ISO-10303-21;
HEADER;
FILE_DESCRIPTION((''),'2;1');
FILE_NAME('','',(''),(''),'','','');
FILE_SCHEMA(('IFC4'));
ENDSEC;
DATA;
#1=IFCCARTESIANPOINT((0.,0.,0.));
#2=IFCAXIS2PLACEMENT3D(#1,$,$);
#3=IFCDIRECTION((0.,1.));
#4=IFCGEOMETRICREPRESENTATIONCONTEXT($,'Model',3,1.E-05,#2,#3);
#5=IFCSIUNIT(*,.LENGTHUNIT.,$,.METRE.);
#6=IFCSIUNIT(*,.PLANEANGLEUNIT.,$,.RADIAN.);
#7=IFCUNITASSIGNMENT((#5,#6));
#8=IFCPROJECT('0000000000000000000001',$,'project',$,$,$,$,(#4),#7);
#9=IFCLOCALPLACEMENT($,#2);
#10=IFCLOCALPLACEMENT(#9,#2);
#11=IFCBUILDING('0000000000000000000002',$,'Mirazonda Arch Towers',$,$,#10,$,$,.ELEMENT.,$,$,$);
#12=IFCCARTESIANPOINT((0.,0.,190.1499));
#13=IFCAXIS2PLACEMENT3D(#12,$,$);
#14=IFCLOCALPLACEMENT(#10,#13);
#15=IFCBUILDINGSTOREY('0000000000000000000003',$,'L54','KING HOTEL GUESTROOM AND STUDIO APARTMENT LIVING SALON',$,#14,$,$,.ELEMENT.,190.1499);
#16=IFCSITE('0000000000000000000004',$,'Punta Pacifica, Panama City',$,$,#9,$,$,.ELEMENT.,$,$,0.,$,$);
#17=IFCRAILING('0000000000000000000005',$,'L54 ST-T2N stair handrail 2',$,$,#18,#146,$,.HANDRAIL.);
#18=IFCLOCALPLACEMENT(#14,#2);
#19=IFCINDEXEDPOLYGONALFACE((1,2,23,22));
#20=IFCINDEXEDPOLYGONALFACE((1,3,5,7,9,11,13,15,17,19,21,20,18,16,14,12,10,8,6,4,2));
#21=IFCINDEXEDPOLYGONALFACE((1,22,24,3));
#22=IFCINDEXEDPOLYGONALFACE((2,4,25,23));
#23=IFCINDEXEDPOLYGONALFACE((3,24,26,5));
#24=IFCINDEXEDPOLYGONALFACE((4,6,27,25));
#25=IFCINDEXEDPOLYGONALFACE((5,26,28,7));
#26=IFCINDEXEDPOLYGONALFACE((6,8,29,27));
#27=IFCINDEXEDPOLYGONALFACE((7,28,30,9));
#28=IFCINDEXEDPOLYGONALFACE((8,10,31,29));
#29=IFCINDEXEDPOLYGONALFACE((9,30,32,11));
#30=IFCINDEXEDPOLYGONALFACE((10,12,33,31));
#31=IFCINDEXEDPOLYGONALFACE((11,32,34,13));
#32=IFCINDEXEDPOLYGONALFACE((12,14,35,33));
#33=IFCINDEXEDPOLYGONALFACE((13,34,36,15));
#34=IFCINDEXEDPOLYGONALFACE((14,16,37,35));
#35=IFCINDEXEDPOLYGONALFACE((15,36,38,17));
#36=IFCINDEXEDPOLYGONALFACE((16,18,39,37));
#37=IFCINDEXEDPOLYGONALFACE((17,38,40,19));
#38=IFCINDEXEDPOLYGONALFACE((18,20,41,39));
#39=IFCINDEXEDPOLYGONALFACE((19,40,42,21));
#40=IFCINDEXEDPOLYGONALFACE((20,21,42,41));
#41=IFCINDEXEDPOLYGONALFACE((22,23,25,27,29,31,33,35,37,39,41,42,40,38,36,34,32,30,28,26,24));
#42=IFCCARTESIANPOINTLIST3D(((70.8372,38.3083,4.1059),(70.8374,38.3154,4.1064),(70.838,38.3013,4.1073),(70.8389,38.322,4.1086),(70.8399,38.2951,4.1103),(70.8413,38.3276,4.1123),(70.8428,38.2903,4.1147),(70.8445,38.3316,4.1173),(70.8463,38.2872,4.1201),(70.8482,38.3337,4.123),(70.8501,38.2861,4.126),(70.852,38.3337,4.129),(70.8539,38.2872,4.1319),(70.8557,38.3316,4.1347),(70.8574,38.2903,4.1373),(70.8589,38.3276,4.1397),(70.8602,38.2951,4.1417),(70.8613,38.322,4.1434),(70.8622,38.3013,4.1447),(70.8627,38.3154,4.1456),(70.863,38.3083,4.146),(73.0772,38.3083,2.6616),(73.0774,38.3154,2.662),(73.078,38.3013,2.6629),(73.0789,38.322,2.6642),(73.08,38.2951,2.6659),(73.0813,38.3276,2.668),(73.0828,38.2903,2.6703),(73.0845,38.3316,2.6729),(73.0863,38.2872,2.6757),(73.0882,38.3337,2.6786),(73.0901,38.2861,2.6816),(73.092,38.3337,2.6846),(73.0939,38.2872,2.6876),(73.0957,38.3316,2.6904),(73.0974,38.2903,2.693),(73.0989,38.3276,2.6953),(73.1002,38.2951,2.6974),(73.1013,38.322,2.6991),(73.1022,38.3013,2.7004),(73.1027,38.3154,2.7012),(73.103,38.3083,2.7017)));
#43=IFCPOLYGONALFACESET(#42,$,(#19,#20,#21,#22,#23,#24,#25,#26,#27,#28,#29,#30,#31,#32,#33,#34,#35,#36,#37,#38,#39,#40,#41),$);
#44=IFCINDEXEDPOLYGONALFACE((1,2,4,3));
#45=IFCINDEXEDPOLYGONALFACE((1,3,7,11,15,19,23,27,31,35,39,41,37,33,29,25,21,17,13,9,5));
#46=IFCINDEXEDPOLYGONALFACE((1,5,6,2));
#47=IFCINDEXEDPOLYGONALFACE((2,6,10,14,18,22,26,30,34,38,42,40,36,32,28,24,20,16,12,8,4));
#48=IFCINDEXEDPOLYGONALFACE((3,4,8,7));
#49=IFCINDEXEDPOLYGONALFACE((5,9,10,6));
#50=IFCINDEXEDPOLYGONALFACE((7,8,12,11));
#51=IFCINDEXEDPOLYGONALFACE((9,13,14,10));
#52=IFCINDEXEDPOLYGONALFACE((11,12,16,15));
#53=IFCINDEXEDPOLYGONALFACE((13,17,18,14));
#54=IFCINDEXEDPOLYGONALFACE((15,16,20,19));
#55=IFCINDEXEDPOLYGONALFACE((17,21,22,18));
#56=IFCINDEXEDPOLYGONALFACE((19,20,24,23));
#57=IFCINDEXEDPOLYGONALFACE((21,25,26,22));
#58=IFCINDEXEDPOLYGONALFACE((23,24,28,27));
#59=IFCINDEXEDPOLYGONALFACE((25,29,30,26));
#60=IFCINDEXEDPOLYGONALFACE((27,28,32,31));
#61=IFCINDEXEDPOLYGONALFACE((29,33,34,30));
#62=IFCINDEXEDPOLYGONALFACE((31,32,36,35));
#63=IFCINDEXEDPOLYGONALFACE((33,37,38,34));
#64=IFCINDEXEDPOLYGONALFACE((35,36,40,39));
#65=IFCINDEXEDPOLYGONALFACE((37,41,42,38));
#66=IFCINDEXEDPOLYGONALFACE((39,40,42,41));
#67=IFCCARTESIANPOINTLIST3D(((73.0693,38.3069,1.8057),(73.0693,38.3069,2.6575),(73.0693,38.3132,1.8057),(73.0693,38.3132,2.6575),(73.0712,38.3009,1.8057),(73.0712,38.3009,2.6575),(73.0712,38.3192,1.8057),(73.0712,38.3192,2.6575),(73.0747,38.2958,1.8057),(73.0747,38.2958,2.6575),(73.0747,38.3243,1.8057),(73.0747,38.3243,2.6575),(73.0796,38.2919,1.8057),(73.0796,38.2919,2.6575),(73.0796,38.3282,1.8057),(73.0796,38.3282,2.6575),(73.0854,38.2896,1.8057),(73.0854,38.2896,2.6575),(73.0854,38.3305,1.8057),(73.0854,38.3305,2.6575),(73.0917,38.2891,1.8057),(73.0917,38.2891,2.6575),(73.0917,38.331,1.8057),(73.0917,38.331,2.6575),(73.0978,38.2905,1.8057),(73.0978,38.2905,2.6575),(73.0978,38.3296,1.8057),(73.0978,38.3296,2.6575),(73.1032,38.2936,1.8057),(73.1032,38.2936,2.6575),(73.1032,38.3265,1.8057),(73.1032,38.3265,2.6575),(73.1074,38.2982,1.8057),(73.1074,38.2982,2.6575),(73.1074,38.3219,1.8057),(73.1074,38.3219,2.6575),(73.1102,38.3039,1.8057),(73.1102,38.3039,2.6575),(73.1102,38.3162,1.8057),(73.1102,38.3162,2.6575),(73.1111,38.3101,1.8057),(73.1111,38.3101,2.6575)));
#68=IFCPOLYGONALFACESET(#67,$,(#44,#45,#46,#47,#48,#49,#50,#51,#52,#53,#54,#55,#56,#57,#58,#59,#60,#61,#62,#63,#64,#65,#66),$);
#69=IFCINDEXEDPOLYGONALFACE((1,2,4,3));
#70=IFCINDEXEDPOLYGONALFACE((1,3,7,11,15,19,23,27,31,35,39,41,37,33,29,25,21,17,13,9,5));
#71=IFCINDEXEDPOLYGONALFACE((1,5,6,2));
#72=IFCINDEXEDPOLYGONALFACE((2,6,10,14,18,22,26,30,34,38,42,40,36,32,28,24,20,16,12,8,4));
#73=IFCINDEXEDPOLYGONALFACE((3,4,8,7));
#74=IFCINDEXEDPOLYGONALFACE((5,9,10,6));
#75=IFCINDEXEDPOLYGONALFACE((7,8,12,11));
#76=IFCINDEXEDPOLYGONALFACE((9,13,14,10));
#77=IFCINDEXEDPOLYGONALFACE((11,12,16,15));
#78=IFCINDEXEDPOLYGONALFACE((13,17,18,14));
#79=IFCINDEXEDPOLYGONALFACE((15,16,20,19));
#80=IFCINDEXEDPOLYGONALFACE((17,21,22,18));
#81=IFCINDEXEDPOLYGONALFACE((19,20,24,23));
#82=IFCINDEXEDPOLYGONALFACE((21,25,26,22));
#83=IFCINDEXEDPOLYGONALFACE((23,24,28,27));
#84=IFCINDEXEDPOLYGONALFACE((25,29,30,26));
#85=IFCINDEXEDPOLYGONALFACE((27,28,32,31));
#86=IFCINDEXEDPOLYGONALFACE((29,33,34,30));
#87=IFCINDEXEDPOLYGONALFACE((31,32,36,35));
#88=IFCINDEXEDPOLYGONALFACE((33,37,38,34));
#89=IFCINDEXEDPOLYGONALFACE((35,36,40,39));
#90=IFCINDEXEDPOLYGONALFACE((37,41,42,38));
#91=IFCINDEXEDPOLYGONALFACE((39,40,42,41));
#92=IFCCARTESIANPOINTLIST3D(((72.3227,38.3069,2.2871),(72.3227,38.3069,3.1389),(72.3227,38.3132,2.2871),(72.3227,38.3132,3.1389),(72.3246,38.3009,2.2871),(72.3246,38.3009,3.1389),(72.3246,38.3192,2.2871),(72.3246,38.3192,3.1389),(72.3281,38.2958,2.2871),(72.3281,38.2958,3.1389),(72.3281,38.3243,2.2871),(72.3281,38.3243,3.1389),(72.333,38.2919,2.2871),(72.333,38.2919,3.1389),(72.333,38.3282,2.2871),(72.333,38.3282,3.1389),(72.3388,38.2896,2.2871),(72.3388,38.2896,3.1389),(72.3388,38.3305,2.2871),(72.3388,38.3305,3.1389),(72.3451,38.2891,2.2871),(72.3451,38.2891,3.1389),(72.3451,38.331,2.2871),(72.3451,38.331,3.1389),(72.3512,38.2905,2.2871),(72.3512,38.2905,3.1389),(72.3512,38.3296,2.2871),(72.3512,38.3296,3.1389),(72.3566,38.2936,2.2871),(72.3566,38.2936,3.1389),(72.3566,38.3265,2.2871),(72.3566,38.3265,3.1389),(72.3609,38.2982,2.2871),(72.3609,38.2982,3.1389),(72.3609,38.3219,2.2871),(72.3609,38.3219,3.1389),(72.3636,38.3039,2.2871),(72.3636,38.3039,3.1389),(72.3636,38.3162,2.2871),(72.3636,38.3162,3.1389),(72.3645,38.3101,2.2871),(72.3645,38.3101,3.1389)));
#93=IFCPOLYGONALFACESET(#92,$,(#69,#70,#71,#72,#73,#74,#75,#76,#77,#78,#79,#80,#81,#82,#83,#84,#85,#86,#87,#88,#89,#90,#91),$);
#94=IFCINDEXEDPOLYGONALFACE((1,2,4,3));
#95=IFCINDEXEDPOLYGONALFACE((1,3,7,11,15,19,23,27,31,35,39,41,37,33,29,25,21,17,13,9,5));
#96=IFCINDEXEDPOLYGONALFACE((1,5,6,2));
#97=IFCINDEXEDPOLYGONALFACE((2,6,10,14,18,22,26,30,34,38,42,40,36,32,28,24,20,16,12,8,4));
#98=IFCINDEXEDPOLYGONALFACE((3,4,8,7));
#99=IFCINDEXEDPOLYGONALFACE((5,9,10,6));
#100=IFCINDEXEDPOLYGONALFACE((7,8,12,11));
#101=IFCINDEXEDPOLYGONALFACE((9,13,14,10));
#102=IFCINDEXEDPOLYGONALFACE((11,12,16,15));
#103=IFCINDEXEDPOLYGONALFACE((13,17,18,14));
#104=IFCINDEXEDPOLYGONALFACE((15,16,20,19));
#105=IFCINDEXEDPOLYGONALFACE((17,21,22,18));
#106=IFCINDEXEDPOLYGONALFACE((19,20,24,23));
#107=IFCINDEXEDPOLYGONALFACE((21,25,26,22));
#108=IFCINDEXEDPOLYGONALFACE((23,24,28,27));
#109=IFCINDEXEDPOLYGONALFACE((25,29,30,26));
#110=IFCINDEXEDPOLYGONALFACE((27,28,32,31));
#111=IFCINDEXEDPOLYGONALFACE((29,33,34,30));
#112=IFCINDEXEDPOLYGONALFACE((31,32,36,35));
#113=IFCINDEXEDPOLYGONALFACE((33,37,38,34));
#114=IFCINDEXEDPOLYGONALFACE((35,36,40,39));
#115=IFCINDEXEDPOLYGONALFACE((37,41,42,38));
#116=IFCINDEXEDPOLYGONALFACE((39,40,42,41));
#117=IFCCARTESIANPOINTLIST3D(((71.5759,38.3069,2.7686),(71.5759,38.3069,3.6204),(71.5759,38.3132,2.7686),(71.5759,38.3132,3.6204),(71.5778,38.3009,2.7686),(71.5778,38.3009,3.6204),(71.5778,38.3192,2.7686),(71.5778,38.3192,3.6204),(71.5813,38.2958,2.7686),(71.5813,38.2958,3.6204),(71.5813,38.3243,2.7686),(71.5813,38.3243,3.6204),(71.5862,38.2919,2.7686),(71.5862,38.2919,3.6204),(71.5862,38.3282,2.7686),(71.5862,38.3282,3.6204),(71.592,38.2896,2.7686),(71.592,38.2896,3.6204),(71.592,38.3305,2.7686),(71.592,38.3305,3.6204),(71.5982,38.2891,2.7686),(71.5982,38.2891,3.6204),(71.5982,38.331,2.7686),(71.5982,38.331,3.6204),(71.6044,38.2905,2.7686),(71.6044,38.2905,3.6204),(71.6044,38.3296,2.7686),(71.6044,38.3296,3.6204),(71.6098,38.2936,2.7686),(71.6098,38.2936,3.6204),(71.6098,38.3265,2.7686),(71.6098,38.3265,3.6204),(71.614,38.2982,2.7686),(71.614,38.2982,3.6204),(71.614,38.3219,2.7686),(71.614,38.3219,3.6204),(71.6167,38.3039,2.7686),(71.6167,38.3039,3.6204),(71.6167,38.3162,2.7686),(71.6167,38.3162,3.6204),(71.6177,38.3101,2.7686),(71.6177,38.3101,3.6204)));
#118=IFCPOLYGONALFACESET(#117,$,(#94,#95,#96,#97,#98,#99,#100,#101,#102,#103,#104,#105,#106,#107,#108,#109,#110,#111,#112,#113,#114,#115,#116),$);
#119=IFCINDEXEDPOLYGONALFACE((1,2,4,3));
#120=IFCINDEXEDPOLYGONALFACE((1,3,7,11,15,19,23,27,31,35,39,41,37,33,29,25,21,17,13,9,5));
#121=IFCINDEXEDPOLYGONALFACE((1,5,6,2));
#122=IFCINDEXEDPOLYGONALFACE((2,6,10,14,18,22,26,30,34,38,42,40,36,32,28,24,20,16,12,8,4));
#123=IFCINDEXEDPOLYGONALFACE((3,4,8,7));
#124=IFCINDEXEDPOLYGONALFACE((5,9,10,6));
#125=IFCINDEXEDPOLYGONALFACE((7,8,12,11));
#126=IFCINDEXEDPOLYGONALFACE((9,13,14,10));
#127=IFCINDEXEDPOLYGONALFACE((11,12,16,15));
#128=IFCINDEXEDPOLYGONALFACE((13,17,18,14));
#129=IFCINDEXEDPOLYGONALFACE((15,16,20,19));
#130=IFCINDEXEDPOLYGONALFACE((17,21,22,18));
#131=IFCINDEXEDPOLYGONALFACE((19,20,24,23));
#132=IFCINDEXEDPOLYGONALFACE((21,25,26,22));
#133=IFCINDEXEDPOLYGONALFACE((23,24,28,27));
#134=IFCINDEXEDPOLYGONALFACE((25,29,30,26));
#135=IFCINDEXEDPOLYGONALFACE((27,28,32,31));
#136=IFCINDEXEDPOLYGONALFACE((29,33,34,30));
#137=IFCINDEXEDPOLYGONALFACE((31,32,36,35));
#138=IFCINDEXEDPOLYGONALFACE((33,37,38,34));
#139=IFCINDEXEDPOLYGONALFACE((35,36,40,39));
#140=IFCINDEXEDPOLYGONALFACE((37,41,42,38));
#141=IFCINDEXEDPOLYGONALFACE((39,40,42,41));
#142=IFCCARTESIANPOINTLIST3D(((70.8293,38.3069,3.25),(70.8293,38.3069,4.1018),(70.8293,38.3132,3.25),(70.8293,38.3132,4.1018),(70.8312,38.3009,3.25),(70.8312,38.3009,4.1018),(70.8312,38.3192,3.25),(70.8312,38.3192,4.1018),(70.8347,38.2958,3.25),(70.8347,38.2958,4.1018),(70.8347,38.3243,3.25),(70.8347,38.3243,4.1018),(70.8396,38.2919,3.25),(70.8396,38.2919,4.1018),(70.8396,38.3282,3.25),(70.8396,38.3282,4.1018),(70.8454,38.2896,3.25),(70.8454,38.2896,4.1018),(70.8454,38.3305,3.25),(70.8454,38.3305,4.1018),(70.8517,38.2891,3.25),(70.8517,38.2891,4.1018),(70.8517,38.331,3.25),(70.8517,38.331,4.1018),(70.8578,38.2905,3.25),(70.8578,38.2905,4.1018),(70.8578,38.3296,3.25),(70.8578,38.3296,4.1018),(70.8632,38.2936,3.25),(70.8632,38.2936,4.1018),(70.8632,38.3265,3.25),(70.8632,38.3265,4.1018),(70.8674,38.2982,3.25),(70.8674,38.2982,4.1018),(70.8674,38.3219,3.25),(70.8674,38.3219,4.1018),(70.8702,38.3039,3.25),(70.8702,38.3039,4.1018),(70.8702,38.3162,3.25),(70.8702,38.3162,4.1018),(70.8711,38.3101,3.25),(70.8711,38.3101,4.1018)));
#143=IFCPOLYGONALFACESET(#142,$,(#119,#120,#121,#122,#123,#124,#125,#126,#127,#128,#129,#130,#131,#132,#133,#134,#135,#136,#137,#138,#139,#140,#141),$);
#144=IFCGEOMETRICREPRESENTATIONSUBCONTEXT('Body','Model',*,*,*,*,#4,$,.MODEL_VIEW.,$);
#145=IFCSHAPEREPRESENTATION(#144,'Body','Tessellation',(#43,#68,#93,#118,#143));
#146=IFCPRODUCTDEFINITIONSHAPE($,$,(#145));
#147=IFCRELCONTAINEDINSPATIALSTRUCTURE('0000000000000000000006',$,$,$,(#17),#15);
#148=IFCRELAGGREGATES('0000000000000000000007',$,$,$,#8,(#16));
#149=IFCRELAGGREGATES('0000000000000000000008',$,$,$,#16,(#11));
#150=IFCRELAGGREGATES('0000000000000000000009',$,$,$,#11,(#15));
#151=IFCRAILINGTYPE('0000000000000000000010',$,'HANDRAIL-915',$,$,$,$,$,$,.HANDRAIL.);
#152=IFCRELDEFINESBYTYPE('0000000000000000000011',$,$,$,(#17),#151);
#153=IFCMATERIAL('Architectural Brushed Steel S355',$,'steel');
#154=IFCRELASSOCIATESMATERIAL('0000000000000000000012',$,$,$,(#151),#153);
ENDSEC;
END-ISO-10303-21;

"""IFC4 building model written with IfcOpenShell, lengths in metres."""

from ifc_helpers import new_model, si_unit, direction, frame, origin, origin_2d, place, context, subcontext, project, spatial, circle, extrude, material, type_object, element, save


model = new_model("IFC4")

# Units and contexts
model_context = context("Model", 3, precision=1e-05, world=origin(), true_north=direction((0.0, 1.0)))
body_context = subcontext(model_context, "Body", "Model", "MODEL_VIEW")
ifc_project = project(units=[si_unit("LENGTHUNIT", "METRE"), si_unit("PLANEANGLEUNIT", "RADIAN")], contexts=[model_context])

# Site, building, storey
site_placement = place(None, origin())
site = spatial("IfcSite", under=ifc_project, at=site_placement, Name="Punta Pacifica, Panama City", CompositionType="ELEMENT", RefElevation=0.0)
building_placement = place(site_placement, origin())
building = spatial("IfcBuilding", under=site, at=building_placement, Name="Mirazonda Arch Towers", CompositionType="ELEMENT")
storey_placement = place(building_placement, frame((0.0, 0.0, 190.1499)))
storey = spatial("IfcBuildingStorey", under=building, at=storey_placement, Name="L54", Description="KING HOTEL GUESTROOM AND STUDIO APARTMENT LIVING SALON", CompositionType="ELEMENT", Elevation=190.1499)

# Shared definitions
ifc_material_1 = material(Name="Architectural Brushed Steel S355", Category="steel")

# Railing
railing_type_1 = type_object("IfcRailingType", Name="HANDRAIL-915", PredefinedType="HANDRAIL", material=ifc_material_1)
railing_1_placement = place(storey_placement, frame((73.0901, 38.3101, 1.8057)))
element("IfcRailing", 1, at=railing_1_placement, inside=storey, type_object=railing_type_1, Name="L54 ST-T2N stair handrail 2", PredefinedType="HANDRAIL", context=body_context, shape_type="SweptSolid", body=[
    extrude(circle(Radius=0.0239, at=origin_2d()), frame((0.0, 0.0, 0.876), z_axis=(-0.840437, 0.0, 0.54191), x_axis=(0.0, -1.0, 0.0)), (0.0, 0.0, 1.0), 2.6653),
    extrude(circle(Radius=0.021, at=origin_2d()), origin(), (0.0, 0.0, 1.0), 0.8518),
    extrude(circle(Radius=0.021, at=origin_2d()), frame((-0.7466, 0.0, 0.4814)), (0.0, 0.0, 1.0), 0.8518),
    extrude(circle(Radius=0.021, at=origin_2d()), frame((-1.4934, 0.0, 0.9629)), (0.0, 0.0, 1.0), 0.8518),
    extrude(circle(Radius=0.021, at=origin_2d()), frame((-2.24, 0.0, 1.4443)), (0.0, 0.0, 1.0), 0.8518),
])

save(model, "model.ifc")
